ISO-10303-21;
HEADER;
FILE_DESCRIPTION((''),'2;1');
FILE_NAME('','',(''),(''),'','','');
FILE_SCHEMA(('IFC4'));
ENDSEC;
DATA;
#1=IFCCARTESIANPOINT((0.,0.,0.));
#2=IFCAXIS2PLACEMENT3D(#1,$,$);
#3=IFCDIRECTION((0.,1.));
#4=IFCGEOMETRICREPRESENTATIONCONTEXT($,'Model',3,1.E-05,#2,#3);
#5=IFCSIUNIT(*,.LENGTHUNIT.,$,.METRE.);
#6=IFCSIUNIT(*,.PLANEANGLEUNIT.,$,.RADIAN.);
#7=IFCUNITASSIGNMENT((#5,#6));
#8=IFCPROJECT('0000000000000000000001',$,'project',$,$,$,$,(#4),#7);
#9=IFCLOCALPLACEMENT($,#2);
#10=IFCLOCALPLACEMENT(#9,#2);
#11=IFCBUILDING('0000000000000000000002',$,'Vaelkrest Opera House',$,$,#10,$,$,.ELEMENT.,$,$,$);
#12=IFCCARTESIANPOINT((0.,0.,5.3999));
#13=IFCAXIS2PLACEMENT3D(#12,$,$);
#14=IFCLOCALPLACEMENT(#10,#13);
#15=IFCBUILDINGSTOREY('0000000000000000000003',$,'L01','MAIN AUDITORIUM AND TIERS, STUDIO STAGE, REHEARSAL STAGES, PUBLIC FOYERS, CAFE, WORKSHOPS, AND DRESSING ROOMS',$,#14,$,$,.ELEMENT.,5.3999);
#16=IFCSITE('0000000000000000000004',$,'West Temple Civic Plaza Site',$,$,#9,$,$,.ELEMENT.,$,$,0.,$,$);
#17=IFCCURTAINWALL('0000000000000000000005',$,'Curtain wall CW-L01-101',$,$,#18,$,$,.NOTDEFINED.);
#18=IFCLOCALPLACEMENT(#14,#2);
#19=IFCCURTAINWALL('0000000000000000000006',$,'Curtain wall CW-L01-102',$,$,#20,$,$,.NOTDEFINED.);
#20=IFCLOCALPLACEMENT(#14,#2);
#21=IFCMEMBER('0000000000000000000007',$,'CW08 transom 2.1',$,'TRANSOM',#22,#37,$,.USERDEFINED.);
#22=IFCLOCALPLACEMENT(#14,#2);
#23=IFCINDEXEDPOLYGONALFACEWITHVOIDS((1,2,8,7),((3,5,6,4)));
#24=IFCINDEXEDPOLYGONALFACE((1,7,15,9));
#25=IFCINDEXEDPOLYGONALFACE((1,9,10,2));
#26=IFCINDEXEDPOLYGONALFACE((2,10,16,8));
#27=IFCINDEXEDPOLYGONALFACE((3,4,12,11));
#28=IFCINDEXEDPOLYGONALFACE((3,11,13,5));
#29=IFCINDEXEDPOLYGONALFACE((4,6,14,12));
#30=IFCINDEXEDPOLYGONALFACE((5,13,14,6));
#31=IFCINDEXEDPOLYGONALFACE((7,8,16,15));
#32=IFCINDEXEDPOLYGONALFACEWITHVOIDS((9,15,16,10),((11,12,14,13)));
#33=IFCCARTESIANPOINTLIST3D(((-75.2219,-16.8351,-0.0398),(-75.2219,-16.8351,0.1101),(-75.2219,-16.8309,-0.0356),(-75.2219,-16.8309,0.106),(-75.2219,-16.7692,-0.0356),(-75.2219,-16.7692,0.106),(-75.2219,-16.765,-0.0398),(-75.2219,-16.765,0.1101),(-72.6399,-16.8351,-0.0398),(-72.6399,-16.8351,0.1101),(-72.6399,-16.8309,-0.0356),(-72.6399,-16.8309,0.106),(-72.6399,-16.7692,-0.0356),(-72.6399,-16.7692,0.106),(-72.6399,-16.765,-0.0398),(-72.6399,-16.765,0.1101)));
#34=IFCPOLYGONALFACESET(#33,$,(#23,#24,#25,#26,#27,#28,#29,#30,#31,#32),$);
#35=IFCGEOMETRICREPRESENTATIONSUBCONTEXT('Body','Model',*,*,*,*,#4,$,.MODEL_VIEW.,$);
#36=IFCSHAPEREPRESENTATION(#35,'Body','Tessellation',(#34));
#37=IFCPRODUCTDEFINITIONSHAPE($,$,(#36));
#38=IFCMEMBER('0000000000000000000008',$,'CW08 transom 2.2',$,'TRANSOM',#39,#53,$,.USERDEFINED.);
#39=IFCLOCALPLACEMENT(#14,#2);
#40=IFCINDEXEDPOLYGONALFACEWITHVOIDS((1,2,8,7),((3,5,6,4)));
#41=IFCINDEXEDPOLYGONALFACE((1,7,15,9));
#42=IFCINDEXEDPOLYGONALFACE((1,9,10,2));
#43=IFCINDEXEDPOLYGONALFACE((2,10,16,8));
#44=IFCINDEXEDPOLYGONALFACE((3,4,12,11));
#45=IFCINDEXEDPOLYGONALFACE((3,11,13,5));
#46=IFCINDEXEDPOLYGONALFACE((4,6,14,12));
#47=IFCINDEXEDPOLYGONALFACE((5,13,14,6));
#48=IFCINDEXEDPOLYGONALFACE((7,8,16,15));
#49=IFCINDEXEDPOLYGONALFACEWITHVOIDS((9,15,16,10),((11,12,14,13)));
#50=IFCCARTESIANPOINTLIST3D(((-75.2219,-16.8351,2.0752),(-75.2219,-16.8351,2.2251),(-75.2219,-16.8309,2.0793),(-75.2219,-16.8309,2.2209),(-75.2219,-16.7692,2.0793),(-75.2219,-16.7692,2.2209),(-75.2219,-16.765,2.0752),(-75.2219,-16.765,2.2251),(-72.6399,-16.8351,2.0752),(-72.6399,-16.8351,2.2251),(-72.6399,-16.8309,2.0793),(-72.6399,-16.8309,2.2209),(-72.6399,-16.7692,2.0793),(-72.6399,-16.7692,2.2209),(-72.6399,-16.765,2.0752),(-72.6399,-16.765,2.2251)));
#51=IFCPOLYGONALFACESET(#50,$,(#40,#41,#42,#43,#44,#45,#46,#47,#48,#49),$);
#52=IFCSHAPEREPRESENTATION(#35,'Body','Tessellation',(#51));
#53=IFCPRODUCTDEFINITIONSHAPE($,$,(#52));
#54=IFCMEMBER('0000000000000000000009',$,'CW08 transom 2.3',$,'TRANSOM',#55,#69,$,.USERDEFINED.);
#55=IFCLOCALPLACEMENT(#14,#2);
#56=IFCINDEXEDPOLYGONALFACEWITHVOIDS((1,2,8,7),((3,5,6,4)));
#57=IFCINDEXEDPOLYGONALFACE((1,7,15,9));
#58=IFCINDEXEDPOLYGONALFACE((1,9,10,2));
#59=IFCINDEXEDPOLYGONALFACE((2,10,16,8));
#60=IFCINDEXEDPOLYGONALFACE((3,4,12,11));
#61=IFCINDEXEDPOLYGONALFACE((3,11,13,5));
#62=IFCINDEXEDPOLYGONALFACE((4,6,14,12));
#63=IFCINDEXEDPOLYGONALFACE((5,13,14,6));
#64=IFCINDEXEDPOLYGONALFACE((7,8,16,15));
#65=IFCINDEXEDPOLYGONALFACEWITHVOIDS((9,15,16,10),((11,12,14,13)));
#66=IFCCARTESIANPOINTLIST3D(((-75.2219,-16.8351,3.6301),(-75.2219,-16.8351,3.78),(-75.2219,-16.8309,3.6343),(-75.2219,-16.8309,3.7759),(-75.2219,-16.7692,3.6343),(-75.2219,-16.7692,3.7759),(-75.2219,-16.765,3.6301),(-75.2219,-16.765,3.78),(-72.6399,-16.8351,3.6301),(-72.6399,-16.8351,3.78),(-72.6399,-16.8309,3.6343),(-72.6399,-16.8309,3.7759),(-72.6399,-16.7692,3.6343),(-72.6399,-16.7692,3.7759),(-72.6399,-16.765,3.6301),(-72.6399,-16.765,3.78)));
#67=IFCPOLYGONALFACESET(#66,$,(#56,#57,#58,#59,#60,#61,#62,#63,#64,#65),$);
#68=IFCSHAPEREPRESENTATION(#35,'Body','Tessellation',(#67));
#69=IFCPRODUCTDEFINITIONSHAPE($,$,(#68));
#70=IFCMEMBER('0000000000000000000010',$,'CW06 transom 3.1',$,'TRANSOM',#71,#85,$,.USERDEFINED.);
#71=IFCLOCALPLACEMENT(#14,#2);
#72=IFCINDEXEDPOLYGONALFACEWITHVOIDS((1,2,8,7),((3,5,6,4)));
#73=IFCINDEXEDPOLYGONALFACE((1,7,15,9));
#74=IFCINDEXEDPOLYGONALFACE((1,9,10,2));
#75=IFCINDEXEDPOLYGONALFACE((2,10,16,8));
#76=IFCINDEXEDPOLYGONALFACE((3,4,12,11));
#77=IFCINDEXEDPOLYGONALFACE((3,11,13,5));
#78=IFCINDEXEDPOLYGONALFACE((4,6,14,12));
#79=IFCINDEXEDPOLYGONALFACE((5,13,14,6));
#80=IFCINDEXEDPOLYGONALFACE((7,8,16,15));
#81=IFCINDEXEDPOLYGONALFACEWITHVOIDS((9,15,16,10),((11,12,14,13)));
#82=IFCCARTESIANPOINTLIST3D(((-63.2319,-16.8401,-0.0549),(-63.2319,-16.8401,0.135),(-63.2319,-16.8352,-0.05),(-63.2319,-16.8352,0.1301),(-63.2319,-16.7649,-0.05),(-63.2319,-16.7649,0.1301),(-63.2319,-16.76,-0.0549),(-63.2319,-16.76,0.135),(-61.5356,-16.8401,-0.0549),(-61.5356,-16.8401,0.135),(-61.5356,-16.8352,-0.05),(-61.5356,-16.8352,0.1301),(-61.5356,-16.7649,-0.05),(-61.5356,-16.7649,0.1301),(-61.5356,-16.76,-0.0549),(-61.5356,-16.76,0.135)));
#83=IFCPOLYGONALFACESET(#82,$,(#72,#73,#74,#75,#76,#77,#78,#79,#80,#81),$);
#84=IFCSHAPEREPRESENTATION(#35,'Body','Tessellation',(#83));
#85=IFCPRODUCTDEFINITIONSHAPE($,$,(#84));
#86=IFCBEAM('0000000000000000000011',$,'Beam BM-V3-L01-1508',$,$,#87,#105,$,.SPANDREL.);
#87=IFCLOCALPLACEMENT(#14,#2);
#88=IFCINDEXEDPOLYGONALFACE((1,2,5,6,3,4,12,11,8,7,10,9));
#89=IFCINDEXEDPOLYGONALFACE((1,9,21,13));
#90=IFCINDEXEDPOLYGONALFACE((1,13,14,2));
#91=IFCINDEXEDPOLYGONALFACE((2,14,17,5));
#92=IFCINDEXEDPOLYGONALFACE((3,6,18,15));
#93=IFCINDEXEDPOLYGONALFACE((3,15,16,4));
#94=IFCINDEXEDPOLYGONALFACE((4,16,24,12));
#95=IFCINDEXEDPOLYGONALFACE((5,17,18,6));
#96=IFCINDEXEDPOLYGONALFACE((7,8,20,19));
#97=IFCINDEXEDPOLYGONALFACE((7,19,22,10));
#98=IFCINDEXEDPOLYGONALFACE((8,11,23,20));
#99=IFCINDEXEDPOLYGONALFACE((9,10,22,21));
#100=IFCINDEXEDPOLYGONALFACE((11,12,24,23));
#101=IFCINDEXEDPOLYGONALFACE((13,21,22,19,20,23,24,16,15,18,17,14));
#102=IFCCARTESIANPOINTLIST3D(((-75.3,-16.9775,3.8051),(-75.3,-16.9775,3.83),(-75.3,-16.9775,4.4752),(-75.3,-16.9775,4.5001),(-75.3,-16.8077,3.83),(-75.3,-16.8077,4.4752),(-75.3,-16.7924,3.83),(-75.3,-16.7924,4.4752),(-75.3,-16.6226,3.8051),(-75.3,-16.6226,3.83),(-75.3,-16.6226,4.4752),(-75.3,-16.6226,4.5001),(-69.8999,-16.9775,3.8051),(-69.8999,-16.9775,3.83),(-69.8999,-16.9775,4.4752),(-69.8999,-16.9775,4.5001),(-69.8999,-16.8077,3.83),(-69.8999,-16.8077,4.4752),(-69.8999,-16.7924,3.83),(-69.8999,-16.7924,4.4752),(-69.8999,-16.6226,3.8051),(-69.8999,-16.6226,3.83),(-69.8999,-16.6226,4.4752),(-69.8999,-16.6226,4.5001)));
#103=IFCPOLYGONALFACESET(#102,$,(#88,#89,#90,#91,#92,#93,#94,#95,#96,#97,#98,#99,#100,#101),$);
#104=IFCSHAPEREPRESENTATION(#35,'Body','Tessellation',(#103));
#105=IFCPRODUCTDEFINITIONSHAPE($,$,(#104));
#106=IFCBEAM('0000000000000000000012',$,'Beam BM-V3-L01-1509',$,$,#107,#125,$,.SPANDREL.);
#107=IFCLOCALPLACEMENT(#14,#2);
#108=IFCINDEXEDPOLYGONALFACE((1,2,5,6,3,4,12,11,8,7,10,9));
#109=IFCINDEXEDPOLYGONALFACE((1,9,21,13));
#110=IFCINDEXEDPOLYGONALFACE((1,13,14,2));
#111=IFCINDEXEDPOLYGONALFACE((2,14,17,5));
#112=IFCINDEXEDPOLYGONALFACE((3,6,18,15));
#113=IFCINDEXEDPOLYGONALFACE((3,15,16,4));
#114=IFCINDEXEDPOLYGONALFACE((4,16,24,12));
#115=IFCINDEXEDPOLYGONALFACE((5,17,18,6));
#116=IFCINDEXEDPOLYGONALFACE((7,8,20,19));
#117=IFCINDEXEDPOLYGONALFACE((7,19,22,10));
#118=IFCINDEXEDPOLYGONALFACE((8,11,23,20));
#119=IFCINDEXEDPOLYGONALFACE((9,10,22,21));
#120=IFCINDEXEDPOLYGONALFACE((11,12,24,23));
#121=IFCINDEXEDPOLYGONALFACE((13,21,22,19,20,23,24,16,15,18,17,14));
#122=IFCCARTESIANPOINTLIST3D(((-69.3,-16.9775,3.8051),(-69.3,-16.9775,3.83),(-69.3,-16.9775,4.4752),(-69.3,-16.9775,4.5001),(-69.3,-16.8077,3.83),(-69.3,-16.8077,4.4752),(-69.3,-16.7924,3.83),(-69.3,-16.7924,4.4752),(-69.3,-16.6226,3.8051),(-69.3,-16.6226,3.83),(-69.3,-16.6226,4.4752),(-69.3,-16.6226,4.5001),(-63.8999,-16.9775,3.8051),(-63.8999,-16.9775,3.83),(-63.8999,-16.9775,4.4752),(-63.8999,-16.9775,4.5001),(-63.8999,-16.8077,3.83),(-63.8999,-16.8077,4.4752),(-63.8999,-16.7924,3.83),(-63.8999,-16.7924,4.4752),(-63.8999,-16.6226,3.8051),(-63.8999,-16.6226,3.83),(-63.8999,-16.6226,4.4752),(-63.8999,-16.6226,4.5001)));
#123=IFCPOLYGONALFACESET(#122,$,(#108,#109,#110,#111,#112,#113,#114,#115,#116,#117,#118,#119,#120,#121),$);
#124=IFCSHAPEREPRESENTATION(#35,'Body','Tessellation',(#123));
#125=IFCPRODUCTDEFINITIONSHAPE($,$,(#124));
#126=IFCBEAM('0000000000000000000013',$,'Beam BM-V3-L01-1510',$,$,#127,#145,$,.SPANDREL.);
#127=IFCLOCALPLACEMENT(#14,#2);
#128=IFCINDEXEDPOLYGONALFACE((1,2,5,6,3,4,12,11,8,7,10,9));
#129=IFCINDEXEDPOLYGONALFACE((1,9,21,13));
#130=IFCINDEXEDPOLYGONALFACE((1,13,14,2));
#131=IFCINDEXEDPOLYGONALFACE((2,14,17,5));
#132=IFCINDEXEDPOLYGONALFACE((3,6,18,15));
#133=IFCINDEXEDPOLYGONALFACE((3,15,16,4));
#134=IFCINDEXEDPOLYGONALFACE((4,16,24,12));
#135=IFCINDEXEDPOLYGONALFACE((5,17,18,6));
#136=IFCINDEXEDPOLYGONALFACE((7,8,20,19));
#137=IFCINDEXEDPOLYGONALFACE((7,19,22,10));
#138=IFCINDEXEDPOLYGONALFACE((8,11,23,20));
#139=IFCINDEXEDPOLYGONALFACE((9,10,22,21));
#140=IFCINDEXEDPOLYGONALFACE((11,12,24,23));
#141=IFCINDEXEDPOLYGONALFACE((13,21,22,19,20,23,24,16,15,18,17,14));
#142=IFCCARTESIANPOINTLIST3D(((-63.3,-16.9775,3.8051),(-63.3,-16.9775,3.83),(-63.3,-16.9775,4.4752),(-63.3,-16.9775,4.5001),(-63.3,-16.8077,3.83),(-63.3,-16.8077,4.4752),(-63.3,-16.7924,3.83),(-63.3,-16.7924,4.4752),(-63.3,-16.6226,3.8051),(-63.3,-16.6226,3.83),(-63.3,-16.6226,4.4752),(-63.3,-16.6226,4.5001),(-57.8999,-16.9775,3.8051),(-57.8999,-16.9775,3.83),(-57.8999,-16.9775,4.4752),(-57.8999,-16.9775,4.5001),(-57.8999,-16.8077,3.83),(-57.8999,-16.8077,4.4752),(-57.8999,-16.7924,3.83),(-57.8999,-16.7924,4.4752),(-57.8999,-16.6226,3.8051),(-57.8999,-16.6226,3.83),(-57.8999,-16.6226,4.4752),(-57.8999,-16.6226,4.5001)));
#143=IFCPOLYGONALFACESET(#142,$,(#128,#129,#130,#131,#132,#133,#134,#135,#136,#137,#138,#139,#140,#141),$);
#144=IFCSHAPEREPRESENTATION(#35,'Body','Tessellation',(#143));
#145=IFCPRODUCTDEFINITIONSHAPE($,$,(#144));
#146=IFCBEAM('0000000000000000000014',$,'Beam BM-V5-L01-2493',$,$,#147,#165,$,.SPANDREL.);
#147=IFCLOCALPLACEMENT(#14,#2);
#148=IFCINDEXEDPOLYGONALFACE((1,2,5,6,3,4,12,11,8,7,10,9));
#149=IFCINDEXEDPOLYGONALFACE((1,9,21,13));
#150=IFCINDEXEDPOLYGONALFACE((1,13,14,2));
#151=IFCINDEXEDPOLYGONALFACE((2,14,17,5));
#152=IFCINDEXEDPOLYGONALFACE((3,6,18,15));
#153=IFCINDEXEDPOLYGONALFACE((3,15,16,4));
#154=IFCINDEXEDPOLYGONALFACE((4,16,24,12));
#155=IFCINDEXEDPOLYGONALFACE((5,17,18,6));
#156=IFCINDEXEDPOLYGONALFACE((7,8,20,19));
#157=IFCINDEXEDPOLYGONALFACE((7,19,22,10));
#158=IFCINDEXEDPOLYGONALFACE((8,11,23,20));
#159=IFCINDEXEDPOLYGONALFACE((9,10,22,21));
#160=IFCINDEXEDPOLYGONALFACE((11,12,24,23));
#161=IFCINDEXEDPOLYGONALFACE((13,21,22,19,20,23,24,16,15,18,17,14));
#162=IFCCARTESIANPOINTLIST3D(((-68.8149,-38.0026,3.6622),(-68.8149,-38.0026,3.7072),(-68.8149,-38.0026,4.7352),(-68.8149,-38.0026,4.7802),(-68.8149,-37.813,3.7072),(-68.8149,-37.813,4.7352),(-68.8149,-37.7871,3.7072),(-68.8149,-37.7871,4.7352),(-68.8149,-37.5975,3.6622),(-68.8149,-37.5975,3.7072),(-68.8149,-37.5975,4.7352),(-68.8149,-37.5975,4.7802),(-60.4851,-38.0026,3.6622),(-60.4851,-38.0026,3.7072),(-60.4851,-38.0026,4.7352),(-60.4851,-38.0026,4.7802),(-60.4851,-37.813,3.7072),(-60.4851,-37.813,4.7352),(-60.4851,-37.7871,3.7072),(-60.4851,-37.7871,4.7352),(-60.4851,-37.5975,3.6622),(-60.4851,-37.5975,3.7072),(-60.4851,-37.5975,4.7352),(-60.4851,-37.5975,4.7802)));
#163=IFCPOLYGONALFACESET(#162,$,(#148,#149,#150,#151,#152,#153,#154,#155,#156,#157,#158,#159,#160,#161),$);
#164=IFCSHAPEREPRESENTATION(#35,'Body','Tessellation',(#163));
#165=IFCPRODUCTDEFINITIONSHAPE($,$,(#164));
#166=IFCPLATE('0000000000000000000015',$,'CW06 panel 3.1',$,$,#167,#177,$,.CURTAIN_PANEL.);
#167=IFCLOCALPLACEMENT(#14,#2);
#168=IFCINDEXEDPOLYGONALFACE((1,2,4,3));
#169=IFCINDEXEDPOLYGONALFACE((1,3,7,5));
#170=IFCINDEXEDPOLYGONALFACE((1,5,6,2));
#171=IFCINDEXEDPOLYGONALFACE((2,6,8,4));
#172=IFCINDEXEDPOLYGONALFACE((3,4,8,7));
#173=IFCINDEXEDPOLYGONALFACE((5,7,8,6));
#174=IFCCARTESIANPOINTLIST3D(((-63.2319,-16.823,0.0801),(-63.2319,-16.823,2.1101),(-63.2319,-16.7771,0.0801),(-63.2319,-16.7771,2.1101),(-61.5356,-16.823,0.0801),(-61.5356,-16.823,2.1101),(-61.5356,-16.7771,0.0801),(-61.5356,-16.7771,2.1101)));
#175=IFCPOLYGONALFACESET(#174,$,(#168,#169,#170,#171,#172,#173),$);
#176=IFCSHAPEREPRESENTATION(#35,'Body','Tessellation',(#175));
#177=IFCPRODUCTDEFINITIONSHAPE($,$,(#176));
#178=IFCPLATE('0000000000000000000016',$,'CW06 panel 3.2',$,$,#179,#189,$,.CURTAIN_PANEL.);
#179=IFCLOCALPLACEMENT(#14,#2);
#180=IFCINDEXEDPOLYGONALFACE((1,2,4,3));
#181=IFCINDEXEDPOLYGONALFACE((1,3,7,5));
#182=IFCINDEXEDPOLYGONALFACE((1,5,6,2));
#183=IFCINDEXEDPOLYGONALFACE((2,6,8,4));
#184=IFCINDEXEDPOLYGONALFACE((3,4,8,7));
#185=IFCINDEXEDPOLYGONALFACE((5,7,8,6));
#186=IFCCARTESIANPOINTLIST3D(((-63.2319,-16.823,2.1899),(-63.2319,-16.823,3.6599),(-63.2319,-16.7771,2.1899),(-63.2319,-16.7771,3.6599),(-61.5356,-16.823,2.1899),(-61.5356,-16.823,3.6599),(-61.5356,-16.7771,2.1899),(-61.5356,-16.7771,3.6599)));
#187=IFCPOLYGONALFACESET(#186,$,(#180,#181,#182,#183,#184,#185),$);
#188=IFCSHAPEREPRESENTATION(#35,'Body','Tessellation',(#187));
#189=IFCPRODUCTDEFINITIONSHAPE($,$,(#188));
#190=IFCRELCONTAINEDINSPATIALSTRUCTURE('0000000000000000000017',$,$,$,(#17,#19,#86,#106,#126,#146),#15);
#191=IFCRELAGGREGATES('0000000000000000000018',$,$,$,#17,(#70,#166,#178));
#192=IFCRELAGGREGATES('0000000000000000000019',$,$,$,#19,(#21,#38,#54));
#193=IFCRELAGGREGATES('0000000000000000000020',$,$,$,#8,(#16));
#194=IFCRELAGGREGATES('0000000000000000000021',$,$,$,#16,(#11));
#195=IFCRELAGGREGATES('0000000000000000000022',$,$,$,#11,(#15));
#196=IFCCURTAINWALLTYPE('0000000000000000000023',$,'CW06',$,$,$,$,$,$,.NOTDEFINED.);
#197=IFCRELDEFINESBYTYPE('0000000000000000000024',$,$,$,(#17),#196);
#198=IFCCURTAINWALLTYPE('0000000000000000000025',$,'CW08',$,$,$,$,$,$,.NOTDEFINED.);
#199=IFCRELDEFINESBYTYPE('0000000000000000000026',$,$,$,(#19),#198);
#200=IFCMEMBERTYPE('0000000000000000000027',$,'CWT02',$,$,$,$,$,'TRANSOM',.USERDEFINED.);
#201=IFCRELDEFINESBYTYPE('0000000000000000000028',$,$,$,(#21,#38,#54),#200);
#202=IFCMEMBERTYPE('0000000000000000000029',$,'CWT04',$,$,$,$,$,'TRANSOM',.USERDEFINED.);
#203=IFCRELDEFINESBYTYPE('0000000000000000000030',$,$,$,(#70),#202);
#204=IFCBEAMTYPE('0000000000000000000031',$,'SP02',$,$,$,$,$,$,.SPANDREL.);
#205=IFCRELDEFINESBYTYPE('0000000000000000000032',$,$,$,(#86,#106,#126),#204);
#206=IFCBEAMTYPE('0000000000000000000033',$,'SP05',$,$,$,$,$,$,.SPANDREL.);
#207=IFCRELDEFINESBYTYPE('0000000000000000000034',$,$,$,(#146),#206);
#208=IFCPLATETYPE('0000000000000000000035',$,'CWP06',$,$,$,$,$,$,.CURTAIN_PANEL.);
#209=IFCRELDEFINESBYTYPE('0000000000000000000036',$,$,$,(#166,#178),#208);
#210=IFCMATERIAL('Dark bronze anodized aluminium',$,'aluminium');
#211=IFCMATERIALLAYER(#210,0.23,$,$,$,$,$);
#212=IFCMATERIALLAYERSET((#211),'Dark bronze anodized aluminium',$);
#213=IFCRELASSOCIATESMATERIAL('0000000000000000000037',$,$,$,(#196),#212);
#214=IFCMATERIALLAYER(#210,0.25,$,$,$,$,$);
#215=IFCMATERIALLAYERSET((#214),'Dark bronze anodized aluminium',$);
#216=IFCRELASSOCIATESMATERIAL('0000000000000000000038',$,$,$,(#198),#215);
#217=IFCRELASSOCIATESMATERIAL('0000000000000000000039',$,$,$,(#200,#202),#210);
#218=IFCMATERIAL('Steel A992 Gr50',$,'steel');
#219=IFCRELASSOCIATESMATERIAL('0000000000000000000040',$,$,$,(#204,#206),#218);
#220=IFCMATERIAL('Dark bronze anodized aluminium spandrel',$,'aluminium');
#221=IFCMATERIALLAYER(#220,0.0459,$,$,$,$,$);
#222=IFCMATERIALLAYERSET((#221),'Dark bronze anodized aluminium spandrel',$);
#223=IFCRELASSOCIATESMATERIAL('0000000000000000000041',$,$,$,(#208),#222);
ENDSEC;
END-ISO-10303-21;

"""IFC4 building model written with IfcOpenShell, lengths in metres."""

from ifc_helpers import new_model, si_unit, direction, frame, origin, origin_2d, place, context, subcontext, project, spatial, rectangle, hollow_rectangle, i_section, extrude, material, layer, layer_set, material_profile, profile_set, type_object, element, aggregate, save


model = new_model("IFC4")

# Units and contexts
model_context = context("Model", 3, precision=1e-05, world=origin(), true_north=direction((0.0, 1.0)))
body_context = subcontext(model_context, "Body", "Model", "MODEL_VIEW")
ifc_project = project(units=[si_unit("LENGTHUNIT", "METRE"), si_unit("PLANEANGLEUNIT", "RADIAN")], contexts=[model_context])

# Site, building, storey
site_placement = place(None, origin())
site = spatial("IfcSite", under=ifc_project, at=site_placement, Name="West Temple Civic Plaza Site", CompositionType="ELEMENT", RefElevation=0.0)
building_placement = place(site_placement, origin())
building = spatial("IfcBuilding", under=site, at=building_placement, Name="Vaelkrest Opera House", CompositionType="ELEMENT")
storey_placement = place(building_placement, frame((0.0, 0.0, 5.3999)))
storey = spatial("IfcBuildingStorey", under=building, at=storey_placement, Name="L01", Description="MAIN AUDITORIUM AND TIERS, STUDIO STAGE, REHEARSAL STAGES, PUBLIC FOYERS, CAFE, WORKSHOPS, AND DRESSING ROOMS", CompositionType="ELEMENT", Elevation=5.3999)

# Shared definitions
ifc_material_1 = material(Name="Steel A992 Gr50", Category="steel")

# Curtain wall
ifc_material_2 = material(Name="Dark bronze anodized aluminium", Category="aluminium")
ifc_layer_1 = layer(ifc_material_2, 0.23)
ifc_layer_set_1 = layer_set([ifc_layer_1], Name="Dark bronze anodized aluminium")
curtain_wall_type_1 = type_object("IfcCurtainWallType", Name="CW06", PredefinedType="NOTDEFINED", material=ifc_layer_set_1)
curtain_wall_1_placement = place(storey_placement, origin())
curtain_wall_1 = element("IfcCurtainWall", 1, at=curtain_wall_1_placement, inside=storey, type_object=curtain_wall_type_1, Name="Curtain wall CW-L01-101", PredefinedType="NOTDEFINED")

# Curtain wall, members
ifc_layer_2 = layer(ifc_material_2, 0.25)
ifc_layer_set_2 = layer_set([ifc_layer_2], Name="Dark bronze anodized aluminium")
curtain_wall_type_2 = type_object("IfcCurtainWallType", Name="CW08", PredefinedType="NOTDEFINED", material=ifc_layer_set_2)
curtain_wall_2_placement = place(storey_placement, origin())
curtain_wall_2 = element("IfcCurtainWall", 2, at=curtain_wall_2_placement, inside=storey, type_object=curtain_wall_type_2, Name="Curtain wall CW-L01-102", PredefinedType="NOTDEFINED")
ifc_material_profile_1 = material_profile(ifc_material_2, hollow_rectangle(XDim=0.0701, YDim=0.1499, WallThickness=0.0042, at=origin_2d()), Name="CWT70X150")
ifc_profile_set_1 = profile_set([ifc_material_profile_1], Name="Dark bronze anodized aluminium")
member_type_1 = type_object("IfcMemberType", Name="CWT02", ElementType="TRANSOM", PredefinedType="USERDEFINED", material=ifc_profile_set_1)
member_1_placement = place(storey_placement, frame((-72.6399, -16.8, 0.0352), z_axis=(-1.0, 0.0, 0.0), x_axis=(0.0, -1.0, 0.0)))
member_1 = element("IfcMember", 3, at=member_1_placement, type_object=member_type_1, Name="CW08 transom 2.1", ObjectType="TRANSOM", PredefinedType="USERDEFINED", context=body_context, shape_type="SweptSolid", body=[
    extrude(hollow_rectangle(XDim=0.0701, YDim=0.1499, WallThickness=0.0042, at=origin_2d()), origin(), (0.0, 0.0, 1.0), 2.582),
])
member_2_placement = place(storey_placement, frame((-72.6399, -16.8, 2.1501), z_axis=(-1.0, 0.0, 0.0), x_axis=(0.0, -1.0, 0.0)))
member_2 = element("IfcMember", 4, at=member_2_placement, type_object=member_type_1, Name="CW08 transom 2.2", ObjectType="TRANSOM", PredefinedType="USERDEFINED", context=body_context, shape_type="SweptSolid", body=[
    extrude(hollow_rectangle(XDim=0.0701, YDim=0.1499, WallThickness=0.0042, at=origin_2d()), origin(), (0.0, 0.0, 1.0), 2.582),
])
member_3_placement = place(storey_placement, frame((-72.6399, -16.8, 3.7051), z_axis=(-1.0, 0.0, 0.0), x_axis=(0.0, -1.0, 0.0)))
member_3 = element("IfcMember", 5, at=member_3_placement, type_object=member_type_1, Name="CW08 transom 2.3", ObjectType="TRANSOM", PredefinedType="USERDEFINED", context=body_context, shape_type="SweptSolid", body=[
    extrude(hollow_rectangle(XDim=0.0701, YDim=0.1499, WallThickness=0.0042, at=origin_2d()), origin(), (0.0, 0.0, 1.0), 2.582),
])

# Member
ifc_material_profile_2 = material_profile(ifc_material_2, hollow_rectangle(XDim=0.0801, YDim=0.1899, WallThickness=0.0049, at=origin_2d()), Name="CWT80X190")
ifc_profile_set_2 = profile_set([ifc_material_profile_2], Name="Dark bronze anodized aluminium")
member_type_2 = type_object("IfcMemberType", Name="CWT04", ElementType="TRANSOM", PredefinedType="USERDEFINED", material=ifc_profile_set_2)
member_4_placement = place(storey_placement, frame((-61.5356, -16.8, 0.04), z_axis=(-1.0, 0.0, 0.0), x_axis=(0.0, -1.0, 0.0)))
member_4 = element("IfcMember", 6, at=member_4_placement, type_object=member_type_2, Name="CW06 transom 3.1", ObjectType="TRANSOM", PredefinedType="USERDEFINED", context=body_context, shape_type="SweptSolid", body=[
    extrude(hollow_rectangle(XDim=0.0801, YDim=0.1899, WallThickness=0.0049, at=origin_2d()), origin(), (0.0, 0.0, 1.0), 1.6963),
])

# Beams
ifc_material_profile_3 = material_profile(ifc_material_1, i_section(OverallWidth=0.355, OverallDepth=0.6951, WebThickness=0.0154, FlangeThickness=0.0249, at=origin_2d()), Name="W27X146")
ifc_profile_set_3 = profile_set([ifc_material_profile_3], Name="Steel A992 Gr50")
beam_type_1 = type_object("IfcBeamType", Name="SP02", PredefinedType="SPANDREL", material=ifc_profile_set_3)
for number, where, z_axis, x_axis, name in (
    (7, (-75.3, -16.8, 4.1526), (1.0, 0.0, 0.0), (0.0, 1.0, 0.0), "Beam BM-V3-L01-1508"),
    (8, (-69.3, -16.8, 4.1526), (1.0, 0.0, 0.0), (0.0, 1.0, 0.0), "Beam BM-V3-L01-1509"),
    (9, (-63.3, -16.8, 4.1526), (1.0, 0.0, 0.0), (0.0, 1.0, 0.0), "Beam BM-V3-L01-1510"),
):
    element("IfcBeam", number, at=place(storey_placement, frame(where, z_axis=z_axis, x_axis=x_axis)), inside=storey, type_object=beam_type_1, Name=name, PredefinedType="SPANDREL", context=body_context, shape_type="SweptSolid", body=[
        extrude(i_section(OverallWidth=0.355, OverallDepth=0.6951, WebThickness=0.0154, FlangeThickness=0.0249, at=origin_2d()), origin(), (0.0, 0.0, 1.0), 5.4001),
    ])
ifc_material_profile_4 = material_profile(ifc_material_1, i_section(OverallWidth=0.405, OverallDepth=1.1179, WebThickness=0.0259, FlangeThickness=0.0449, at=origin_2d()), Name="W44X335")
ifc_profile_set_4 = profile_set([ifc_material_profile_4], Name="Steel A992 Gr50")
beam_type_2 = type_object("IfcBeamType", Name="SP05", PredefinedType="SPANDREL", material=ifc_profile_set_4)
beam_placement = place(storey_placement, frame((-68.8149, -37.8, 4.2212), z_axis=(1.0, 0.0, 0.0), x_axis=(0.0, 1.0, 0.0)))
element("IfcBeam", 10, at=beam_placement, inside=storey, type_object=beam_type_2, Name="Beam BM-V5-L01-2493", PredefinedType="SPANDREL", context=body_context, shape_type="SweptSolid", body=[
    extrude(i_section(OverallWidth=0.405, OverallDepth=1.1179, WebThickness=0.0259, FlangeThickness=0.0449, at=origin_2d()), origin(), (0.0, 0.0, 1.0), 8.3298),
])

# Plates
ifc_material_3 = material(Name="Dark bronze anodized aluminium spandrel", Category="aluminium")
ifc_layer_3 = layer(ifc_material_3, 0.0459)
ifc_layer_set_3 = layer_set([ifc_layer_3], Name="Dark bronze anodized aluminium spandrel")
plate_type_1 = type_object("IfcPlateType", Name="CWP06", PredefinedType="CURTAIN_PANEL", material=ifc_layer_set_3)
plate_1_placement = place(storey_placement, frame((-62.3838, -16.8, 0.0801), z_axis=(0.0, 0.0, 1.0), x_axis=(-1.0, 0.0, 0.0)))
plate_1 = element("IfcPlate", 11, at=plate_1_placement, type_object=plate_type_1, Name="CW06 panel 3.1", PredefinedType="CURTAIN_PANEL", context=body_context, shape_type="SweptSolid", body=[
    extrude(rectangle(XDim=1.6963, YDim=0.0459, at=origin_2d()), origin(), (0.0, 0.0, 1.0), 2.03),
])
plate_2_placement = place(storey_placement, frame((-62.3838, -16.8, 2.1899), z_axis=(0.0, 0.0, 1.0), x_axis=(-1.0, 0.0, 0.0)))
plate_2 = element("IfcPlate", 12, at=plate_2_placement, type_object=plate_type_1, Name="CW06 panel 3.2", PredefinedType="CURTAIN_PANEL", context=body_context, shape_type="SweptSolid", body=[
    extrude(rectangle(XDim=1.6963, YDim=0.0459, at=origin_2d()), origin(), (0.0, 0.0, 1.0), 1.47),
])
aggregate(curtain_wall_1, [member_4, plate_1, plate_2])
aggregate(curtain_wall_2, [member_1, member_2, member_3])

save(model, "model.ifc")
